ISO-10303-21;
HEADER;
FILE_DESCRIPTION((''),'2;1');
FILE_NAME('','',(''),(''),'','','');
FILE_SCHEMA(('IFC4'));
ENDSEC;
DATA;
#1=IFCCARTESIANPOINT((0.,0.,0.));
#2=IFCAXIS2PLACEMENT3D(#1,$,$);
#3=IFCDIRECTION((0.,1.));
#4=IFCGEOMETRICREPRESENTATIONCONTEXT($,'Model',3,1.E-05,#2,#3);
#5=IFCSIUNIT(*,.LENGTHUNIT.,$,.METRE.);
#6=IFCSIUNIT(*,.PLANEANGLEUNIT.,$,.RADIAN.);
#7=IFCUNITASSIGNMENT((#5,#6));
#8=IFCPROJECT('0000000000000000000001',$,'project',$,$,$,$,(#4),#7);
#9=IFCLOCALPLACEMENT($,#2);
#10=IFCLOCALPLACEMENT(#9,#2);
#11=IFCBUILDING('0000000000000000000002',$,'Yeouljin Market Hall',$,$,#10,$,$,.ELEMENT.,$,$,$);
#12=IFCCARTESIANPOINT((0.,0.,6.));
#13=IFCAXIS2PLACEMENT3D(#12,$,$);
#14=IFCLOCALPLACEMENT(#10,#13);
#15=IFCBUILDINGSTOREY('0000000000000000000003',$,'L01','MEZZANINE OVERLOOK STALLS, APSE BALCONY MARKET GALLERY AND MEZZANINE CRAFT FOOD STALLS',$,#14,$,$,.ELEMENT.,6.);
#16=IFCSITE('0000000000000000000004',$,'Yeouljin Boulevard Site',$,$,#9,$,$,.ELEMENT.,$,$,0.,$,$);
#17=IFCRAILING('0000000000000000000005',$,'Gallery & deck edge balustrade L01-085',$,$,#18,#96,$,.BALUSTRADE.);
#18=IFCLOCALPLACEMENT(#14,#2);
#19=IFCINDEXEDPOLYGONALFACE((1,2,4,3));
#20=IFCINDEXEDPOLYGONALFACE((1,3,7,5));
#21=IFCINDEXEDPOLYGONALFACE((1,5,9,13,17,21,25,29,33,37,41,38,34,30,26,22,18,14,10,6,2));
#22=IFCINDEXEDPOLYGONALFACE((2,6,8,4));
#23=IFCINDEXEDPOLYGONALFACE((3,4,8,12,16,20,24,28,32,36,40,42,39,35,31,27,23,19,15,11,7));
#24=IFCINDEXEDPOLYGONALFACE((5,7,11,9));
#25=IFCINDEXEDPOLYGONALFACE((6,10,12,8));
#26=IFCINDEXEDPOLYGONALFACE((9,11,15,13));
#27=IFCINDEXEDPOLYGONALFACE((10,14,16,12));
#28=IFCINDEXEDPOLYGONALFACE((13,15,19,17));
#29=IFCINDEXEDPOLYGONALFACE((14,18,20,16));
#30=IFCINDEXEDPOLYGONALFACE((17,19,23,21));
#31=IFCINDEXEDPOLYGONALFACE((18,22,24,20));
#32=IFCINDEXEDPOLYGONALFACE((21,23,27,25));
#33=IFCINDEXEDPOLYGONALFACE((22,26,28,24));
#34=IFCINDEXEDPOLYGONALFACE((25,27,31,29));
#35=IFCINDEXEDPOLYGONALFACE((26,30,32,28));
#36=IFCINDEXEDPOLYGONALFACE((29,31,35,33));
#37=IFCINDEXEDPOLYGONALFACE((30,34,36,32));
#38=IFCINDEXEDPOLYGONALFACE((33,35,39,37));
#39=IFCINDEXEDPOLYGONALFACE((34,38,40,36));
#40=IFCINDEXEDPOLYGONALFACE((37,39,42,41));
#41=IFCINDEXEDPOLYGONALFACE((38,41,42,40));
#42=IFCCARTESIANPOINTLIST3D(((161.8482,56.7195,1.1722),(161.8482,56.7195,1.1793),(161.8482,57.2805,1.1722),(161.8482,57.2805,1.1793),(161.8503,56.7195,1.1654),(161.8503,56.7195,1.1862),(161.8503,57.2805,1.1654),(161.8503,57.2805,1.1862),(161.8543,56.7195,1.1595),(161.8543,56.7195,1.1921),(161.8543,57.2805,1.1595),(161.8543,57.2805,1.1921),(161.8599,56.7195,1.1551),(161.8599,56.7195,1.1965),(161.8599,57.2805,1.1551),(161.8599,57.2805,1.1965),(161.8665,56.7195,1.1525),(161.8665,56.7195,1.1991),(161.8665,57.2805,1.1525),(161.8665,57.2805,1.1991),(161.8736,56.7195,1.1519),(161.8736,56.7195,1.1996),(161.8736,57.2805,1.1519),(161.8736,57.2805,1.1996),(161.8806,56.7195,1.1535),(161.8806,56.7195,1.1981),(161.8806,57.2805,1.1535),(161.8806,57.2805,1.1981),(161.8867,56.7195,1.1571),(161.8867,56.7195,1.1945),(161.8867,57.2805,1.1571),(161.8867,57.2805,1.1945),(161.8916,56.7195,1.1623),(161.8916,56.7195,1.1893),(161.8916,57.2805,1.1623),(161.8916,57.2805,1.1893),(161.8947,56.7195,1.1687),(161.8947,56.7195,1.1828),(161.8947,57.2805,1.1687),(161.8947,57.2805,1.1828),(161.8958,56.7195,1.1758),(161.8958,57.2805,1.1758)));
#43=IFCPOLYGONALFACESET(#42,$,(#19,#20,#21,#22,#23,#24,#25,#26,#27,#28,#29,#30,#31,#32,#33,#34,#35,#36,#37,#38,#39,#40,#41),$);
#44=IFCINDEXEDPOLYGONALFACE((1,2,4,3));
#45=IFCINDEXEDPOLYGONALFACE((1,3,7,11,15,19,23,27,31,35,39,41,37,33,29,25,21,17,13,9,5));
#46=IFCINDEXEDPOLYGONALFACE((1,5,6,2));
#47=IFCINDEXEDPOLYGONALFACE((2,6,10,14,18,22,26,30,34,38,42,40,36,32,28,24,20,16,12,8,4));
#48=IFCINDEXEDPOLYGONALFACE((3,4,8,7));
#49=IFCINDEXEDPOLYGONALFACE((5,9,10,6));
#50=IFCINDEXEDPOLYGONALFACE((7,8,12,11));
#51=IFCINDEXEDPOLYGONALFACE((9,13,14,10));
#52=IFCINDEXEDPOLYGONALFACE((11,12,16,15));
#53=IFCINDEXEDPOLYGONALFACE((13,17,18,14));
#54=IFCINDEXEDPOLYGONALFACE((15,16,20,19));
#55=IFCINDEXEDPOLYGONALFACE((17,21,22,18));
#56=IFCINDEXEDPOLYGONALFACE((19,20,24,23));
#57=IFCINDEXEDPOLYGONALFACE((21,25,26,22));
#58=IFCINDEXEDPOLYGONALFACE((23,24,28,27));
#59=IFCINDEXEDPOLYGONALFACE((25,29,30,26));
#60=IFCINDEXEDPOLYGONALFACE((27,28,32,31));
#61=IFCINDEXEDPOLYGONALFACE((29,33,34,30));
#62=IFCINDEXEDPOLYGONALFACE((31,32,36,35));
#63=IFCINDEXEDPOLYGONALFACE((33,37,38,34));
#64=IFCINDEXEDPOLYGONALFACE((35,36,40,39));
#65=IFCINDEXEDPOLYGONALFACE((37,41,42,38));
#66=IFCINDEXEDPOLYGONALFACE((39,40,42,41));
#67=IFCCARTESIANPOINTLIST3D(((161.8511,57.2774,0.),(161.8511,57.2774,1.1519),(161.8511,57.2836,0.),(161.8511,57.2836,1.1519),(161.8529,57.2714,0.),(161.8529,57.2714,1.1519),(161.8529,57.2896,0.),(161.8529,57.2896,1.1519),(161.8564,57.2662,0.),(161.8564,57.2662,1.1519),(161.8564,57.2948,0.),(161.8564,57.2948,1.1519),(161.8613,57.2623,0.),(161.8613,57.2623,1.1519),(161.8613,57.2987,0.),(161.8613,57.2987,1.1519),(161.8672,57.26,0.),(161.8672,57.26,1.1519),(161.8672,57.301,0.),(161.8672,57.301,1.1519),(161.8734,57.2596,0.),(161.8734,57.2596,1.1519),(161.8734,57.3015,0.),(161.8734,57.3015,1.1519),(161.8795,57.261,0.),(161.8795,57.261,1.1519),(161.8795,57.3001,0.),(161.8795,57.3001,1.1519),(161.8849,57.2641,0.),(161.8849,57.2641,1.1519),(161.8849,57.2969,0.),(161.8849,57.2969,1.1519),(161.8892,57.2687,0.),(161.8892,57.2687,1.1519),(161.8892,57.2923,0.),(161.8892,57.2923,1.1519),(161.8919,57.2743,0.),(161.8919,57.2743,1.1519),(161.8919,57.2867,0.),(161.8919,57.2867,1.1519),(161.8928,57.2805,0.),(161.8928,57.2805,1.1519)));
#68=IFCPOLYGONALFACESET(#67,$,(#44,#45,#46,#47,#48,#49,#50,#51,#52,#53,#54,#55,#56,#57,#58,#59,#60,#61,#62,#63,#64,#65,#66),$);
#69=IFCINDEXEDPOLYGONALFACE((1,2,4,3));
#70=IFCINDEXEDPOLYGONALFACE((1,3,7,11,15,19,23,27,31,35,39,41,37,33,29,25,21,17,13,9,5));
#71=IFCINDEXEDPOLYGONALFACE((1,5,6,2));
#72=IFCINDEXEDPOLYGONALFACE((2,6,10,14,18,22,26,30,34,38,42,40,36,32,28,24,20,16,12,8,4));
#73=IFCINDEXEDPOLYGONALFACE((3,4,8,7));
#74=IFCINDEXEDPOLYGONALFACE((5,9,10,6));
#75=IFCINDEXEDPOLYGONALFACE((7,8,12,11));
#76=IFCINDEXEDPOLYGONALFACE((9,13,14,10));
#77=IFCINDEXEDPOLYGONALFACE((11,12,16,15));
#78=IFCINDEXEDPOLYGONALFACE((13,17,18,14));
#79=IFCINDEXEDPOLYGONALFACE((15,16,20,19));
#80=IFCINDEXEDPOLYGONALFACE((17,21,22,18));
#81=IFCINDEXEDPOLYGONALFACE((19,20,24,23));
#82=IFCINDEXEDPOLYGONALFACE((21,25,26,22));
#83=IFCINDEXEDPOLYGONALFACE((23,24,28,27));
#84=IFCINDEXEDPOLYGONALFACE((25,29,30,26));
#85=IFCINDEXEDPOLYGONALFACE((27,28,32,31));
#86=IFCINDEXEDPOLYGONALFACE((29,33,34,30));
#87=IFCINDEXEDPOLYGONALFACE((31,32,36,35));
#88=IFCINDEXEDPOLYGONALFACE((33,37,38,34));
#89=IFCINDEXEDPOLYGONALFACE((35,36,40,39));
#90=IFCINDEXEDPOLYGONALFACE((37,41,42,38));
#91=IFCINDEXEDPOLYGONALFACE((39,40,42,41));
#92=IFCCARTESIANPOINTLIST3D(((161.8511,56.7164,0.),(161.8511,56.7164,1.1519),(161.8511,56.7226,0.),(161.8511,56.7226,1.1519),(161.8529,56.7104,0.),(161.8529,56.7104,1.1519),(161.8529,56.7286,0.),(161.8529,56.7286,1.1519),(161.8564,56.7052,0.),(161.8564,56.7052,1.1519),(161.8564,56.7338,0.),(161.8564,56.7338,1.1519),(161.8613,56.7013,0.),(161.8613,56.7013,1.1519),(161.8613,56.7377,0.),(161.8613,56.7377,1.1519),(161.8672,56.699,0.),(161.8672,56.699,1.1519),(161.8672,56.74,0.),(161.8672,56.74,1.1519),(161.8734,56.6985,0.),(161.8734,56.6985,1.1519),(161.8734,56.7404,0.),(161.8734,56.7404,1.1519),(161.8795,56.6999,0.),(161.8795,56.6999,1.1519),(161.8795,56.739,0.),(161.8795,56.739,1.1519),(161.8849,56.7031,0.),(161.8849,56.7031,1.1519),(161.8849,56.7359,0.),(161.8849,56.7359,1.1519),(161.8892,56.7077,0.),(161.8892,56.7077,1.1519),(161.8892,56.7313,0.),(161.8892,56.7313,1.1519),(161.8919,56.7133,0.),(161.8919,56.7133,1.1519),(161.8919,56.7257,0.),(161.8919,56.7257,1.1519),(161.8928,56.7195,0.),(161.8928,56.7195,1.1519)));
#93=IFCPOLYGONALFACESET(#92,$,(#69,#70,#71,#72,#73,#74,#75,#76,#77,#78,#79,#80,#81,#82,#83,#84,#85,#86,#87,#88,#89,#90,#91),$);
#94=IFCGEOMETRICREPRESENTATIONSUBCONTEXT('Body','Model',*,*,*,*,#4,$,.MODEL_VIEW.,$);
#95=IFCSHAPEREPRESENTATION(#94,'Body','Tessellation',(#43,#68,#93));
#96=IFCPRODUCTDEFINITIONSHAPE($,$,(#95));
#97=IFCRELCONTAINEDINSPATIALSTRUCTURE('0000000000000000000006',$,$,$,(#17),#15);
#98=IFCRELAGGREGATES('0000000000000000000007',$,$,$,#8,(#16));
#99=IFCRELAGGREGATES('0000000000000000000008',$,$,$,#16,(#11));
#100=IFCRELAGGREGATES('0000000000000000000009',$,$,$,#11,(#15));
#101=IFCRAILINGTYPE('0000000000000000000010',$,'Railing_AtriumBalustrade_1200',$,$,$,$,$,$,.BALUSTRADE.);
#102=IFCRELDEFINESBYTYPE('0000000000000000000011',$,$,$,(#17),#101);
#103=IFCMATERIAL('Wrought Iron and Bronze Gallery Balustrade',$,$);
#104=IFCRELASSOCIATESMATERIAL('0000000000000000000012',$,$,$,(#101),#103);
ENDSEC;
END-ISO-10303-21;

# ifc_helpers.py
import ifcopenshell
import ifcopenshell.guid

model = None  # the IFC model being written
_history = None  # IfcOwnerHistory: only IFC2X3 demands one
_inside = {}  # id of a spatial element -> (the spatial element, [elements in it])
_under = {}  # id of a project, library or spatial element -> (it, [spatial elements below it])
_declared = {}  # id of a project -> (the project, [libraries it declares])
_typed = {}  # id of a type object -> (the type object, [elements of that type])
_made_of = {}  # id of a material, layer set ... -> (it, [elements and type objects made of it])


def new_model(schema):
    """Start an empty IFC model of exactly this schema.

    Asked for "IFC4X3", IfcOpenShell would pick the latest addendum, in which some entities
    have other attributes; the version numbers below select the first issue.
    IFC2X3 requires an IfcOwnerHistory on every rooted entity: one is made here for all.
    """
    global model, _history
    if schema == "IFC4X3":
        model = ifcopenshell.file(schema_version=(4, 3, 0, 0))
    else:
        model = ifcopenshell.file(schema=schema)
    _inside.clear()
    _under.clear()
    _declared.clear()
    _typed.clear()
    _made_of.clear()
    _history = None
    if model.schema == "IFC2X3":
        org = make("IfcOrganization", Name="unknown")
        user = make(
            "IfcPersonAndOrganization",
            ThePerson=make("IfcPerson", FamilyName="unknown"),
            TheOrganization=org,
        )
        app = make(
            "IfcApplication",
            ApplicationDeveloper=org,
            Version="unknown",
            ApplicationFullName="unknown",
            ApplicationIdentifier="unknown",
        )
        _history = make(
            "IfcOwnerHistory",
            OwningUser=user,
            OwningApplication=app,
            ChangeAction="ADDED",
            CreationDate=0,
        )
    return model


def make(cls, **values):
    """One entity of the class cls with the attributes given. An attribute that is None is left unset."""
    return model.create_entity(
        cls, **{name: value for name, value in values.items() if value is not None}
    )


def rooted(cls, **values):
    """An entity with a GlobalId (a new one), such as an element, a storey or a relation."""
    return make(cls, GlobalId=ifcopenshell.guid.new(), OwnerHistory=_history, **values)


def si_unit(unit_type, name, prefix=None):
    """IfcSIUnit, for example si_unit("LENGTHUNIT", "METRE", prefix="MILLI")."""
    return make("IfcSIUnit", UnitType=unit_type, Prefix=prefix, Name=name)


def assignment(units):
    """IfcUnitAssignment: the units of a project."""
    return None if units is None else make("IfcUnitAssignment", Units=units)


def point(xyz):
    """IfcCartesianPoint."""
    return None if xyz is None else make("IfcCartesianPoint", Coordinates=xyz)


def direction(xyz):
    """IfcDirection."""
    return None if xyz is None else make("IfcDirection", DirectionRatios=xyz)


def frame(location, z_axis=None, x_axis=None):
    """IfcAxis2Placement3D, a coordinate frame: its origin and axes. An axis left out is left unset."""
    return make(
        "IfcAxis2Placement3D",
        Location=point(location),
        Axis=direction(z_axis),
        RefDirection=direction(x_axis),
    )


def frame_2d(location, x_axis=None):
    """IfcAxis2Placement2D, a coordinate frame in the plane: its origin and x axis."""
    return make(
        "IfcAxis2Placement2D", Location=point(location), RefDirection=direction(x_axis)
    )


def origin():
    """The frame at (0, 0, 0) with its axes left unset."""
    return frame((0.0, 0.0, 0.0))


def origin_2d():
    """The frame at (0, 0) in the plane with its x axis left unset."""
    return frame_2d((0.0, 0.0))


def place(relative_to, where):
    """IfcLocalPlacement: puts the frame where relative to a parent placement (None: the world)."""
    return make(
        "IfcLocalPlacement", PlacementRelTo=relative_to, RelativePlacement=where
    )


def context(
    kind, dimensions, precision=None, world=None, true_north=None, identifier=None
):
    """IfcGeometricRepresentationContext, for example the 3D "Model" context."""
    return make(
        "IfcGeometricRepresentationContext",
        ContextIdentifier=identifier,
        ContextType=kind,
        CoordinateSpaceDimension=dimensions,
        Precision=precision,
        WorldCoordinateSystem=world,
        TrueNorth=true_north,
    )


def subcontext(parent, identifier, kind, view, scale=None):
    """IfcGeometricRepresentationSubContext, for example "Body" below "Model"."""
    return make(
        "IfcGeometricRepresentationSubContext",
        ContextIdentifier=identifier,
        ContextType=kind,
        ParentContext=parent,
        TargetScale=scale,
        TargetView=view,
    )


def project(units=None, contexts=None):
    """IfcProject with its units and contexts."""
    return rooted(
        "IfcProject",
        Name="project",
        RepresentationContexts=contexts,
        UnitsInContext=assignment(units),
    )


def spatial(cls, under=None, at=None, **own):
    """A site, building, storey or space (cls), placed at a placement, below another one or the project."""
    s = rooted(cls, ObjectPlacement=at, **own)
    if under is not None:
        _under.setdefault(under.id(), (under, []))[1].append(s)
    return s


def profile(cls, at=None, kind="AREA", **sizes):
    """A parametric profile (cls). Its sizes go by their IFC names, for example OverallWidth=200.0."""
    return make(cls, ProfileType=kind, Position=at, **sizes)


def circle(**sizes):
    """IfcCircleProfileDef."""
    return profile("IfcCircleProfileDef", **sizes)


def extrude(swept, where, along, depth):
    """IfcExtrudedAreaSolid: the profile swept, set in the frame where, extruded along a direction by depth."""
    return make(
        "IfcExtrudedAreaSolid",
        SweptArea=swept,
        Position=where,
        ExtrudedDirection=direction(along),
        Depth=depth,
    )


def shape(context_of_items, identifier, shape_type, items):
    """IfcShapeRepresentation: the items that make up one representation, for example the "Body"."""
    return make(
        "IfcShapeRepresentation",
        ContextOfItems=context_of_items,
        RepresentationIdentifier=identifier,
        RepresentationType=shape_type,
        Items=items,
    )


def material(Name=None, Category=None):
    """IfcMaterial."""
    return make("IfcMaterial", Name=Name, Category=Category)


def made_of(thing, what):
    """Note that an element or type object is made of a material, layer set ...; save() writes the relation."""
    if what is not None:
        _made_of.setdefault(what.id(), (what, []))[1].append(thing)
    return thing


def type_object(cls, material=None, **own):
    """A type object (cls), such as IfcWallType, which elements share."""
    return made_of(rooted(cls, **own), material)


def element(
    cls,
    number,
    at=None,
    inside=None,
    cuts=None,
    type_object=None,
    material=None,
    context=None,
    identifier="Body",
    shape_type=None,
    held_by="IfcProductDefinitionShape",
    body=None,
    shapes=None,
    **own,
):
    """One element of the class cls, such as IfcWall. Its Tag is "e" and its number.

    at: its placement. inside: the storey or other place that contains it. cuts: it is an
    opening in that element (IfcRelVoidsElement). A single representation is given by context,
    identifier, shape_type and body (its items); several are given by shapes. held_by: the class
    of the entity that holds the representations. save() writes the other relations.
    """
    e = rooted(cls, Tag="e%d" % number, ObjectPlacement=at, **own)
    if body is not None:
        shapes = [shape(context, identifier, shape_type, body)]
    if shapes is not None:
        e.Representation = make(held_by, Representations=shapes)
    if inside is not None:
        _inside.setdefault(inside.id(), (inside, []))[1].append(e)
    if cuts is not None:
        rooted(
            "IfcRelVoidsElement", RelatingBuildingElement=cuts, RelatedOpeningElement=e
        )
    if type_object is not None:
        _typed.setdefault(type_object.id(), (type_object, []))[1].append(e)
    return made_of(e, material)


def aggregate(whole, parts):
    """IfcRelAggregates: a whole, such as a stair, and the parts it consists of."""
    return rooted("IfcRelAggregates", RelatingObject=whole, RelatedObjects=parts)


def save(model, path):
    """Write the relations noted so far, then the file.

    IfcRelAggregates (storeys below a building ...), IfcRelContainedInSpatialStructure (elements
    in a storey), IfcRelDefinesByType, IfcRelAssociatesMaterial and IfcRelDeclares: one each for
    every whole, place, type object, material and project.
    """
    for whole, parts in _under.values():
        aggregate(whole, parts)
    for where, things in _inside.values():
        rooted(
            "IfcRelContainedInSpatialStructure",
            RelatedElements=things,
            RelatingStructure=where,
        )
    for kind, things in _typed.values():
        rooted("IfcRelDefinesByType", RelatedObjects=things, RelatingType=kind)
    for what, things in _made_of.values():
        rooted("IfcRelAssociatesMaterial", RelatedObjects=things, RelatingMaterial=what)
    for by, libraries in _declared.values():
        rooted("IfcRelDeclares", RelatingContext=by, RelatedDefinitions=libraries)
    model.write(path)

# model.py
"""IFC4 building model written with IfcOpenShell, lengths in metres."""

from ifc_helpers import new_model, si_unit, direction, frame, origin, origin_2d, place, context, subcontext, project, spatial, circle, extrude, material, type_object, element, save


model = new_model("IFC4")

# Units and contexts
model_context = context("Model", 3, precision=1e-05, world=origin(), true_north=direction((0.0, 1.0)))
body_context = subcontext(model_context, "Body", "Model", "MODEL_VIEW")
ifc_project = project(units=[si_unit("LENGTHUNIT", "METRE"), si_unit("PLANEANGLEUNIT", "RADIAN")], contexts=[model_context])

# Site, building, storey
site_placement = place(None, origin())
site = spatial("IfcSite", under=ifc_project, at=site_placement, Name="Yeouljin Boulevard Site", CompositionType="ELEMENT", RefElevation=0.0)
building_placement = place(site_placement, origin())
building = spatial("IfcBuilding", under=site, at=building_placement, Name="Yeouljin Market Hall", CompositionType="ELEMENT")
storey_placement = place(building_placement, frame((0.0, 0.0, 6.0)))
storey = spatial("IfcBuildingStorey", under=building, at=storey_placement, Name="L01", Description="MEZZANINE OVERLOOK STALLS, APSE BALCONY MARKET GALLERY AND MEZZANINE CRAFT FOOD STALLS", CompositionType="ELEMENT", Elevation=6.0)

# Railing
ifc_material_1 = material(Name="Wrought Iron and Bronze Gallery Balustrade")
railing_type = type_object("IfcRailingType", Name="Railing_AtriumBalustrade_1200", PredefinedType="BALUSTRADE", material=ifc_material_1)
railing_placement = place(storey_placement, frame((161.8718, 57.2805, 0.0)))
element("IfcRailing", 1, at=railing_placement, inside=storey, type_object=railing_type, Name="Gallery & deck edge balustrade L01-085", PredefinedType="BALUSTRADE", context=body_context, shape_type="SweptSolid", body=[
    extrude(circle(Radius=0.0239, at=origin_2d()), frame((0.0, 0.0, 1.1758), z_axis=(0.0, -1.0, 0.0), x_axis=(1.0, 0.0, 0.0)), (0.0, 0.0, 1.0), 0.561),
    extrude(circle(Radius=0.021, at=origin_2d()), origin(), (0.0, 0.0, 1.0), 1.1519),
    extrude(circle(Radius=0.021, at=origin_2d()), frame((0.0, -0.561, 0.0)), (0.0, 0.0, 1.0), 1.1519),
])

save(model, "model.ifc")
